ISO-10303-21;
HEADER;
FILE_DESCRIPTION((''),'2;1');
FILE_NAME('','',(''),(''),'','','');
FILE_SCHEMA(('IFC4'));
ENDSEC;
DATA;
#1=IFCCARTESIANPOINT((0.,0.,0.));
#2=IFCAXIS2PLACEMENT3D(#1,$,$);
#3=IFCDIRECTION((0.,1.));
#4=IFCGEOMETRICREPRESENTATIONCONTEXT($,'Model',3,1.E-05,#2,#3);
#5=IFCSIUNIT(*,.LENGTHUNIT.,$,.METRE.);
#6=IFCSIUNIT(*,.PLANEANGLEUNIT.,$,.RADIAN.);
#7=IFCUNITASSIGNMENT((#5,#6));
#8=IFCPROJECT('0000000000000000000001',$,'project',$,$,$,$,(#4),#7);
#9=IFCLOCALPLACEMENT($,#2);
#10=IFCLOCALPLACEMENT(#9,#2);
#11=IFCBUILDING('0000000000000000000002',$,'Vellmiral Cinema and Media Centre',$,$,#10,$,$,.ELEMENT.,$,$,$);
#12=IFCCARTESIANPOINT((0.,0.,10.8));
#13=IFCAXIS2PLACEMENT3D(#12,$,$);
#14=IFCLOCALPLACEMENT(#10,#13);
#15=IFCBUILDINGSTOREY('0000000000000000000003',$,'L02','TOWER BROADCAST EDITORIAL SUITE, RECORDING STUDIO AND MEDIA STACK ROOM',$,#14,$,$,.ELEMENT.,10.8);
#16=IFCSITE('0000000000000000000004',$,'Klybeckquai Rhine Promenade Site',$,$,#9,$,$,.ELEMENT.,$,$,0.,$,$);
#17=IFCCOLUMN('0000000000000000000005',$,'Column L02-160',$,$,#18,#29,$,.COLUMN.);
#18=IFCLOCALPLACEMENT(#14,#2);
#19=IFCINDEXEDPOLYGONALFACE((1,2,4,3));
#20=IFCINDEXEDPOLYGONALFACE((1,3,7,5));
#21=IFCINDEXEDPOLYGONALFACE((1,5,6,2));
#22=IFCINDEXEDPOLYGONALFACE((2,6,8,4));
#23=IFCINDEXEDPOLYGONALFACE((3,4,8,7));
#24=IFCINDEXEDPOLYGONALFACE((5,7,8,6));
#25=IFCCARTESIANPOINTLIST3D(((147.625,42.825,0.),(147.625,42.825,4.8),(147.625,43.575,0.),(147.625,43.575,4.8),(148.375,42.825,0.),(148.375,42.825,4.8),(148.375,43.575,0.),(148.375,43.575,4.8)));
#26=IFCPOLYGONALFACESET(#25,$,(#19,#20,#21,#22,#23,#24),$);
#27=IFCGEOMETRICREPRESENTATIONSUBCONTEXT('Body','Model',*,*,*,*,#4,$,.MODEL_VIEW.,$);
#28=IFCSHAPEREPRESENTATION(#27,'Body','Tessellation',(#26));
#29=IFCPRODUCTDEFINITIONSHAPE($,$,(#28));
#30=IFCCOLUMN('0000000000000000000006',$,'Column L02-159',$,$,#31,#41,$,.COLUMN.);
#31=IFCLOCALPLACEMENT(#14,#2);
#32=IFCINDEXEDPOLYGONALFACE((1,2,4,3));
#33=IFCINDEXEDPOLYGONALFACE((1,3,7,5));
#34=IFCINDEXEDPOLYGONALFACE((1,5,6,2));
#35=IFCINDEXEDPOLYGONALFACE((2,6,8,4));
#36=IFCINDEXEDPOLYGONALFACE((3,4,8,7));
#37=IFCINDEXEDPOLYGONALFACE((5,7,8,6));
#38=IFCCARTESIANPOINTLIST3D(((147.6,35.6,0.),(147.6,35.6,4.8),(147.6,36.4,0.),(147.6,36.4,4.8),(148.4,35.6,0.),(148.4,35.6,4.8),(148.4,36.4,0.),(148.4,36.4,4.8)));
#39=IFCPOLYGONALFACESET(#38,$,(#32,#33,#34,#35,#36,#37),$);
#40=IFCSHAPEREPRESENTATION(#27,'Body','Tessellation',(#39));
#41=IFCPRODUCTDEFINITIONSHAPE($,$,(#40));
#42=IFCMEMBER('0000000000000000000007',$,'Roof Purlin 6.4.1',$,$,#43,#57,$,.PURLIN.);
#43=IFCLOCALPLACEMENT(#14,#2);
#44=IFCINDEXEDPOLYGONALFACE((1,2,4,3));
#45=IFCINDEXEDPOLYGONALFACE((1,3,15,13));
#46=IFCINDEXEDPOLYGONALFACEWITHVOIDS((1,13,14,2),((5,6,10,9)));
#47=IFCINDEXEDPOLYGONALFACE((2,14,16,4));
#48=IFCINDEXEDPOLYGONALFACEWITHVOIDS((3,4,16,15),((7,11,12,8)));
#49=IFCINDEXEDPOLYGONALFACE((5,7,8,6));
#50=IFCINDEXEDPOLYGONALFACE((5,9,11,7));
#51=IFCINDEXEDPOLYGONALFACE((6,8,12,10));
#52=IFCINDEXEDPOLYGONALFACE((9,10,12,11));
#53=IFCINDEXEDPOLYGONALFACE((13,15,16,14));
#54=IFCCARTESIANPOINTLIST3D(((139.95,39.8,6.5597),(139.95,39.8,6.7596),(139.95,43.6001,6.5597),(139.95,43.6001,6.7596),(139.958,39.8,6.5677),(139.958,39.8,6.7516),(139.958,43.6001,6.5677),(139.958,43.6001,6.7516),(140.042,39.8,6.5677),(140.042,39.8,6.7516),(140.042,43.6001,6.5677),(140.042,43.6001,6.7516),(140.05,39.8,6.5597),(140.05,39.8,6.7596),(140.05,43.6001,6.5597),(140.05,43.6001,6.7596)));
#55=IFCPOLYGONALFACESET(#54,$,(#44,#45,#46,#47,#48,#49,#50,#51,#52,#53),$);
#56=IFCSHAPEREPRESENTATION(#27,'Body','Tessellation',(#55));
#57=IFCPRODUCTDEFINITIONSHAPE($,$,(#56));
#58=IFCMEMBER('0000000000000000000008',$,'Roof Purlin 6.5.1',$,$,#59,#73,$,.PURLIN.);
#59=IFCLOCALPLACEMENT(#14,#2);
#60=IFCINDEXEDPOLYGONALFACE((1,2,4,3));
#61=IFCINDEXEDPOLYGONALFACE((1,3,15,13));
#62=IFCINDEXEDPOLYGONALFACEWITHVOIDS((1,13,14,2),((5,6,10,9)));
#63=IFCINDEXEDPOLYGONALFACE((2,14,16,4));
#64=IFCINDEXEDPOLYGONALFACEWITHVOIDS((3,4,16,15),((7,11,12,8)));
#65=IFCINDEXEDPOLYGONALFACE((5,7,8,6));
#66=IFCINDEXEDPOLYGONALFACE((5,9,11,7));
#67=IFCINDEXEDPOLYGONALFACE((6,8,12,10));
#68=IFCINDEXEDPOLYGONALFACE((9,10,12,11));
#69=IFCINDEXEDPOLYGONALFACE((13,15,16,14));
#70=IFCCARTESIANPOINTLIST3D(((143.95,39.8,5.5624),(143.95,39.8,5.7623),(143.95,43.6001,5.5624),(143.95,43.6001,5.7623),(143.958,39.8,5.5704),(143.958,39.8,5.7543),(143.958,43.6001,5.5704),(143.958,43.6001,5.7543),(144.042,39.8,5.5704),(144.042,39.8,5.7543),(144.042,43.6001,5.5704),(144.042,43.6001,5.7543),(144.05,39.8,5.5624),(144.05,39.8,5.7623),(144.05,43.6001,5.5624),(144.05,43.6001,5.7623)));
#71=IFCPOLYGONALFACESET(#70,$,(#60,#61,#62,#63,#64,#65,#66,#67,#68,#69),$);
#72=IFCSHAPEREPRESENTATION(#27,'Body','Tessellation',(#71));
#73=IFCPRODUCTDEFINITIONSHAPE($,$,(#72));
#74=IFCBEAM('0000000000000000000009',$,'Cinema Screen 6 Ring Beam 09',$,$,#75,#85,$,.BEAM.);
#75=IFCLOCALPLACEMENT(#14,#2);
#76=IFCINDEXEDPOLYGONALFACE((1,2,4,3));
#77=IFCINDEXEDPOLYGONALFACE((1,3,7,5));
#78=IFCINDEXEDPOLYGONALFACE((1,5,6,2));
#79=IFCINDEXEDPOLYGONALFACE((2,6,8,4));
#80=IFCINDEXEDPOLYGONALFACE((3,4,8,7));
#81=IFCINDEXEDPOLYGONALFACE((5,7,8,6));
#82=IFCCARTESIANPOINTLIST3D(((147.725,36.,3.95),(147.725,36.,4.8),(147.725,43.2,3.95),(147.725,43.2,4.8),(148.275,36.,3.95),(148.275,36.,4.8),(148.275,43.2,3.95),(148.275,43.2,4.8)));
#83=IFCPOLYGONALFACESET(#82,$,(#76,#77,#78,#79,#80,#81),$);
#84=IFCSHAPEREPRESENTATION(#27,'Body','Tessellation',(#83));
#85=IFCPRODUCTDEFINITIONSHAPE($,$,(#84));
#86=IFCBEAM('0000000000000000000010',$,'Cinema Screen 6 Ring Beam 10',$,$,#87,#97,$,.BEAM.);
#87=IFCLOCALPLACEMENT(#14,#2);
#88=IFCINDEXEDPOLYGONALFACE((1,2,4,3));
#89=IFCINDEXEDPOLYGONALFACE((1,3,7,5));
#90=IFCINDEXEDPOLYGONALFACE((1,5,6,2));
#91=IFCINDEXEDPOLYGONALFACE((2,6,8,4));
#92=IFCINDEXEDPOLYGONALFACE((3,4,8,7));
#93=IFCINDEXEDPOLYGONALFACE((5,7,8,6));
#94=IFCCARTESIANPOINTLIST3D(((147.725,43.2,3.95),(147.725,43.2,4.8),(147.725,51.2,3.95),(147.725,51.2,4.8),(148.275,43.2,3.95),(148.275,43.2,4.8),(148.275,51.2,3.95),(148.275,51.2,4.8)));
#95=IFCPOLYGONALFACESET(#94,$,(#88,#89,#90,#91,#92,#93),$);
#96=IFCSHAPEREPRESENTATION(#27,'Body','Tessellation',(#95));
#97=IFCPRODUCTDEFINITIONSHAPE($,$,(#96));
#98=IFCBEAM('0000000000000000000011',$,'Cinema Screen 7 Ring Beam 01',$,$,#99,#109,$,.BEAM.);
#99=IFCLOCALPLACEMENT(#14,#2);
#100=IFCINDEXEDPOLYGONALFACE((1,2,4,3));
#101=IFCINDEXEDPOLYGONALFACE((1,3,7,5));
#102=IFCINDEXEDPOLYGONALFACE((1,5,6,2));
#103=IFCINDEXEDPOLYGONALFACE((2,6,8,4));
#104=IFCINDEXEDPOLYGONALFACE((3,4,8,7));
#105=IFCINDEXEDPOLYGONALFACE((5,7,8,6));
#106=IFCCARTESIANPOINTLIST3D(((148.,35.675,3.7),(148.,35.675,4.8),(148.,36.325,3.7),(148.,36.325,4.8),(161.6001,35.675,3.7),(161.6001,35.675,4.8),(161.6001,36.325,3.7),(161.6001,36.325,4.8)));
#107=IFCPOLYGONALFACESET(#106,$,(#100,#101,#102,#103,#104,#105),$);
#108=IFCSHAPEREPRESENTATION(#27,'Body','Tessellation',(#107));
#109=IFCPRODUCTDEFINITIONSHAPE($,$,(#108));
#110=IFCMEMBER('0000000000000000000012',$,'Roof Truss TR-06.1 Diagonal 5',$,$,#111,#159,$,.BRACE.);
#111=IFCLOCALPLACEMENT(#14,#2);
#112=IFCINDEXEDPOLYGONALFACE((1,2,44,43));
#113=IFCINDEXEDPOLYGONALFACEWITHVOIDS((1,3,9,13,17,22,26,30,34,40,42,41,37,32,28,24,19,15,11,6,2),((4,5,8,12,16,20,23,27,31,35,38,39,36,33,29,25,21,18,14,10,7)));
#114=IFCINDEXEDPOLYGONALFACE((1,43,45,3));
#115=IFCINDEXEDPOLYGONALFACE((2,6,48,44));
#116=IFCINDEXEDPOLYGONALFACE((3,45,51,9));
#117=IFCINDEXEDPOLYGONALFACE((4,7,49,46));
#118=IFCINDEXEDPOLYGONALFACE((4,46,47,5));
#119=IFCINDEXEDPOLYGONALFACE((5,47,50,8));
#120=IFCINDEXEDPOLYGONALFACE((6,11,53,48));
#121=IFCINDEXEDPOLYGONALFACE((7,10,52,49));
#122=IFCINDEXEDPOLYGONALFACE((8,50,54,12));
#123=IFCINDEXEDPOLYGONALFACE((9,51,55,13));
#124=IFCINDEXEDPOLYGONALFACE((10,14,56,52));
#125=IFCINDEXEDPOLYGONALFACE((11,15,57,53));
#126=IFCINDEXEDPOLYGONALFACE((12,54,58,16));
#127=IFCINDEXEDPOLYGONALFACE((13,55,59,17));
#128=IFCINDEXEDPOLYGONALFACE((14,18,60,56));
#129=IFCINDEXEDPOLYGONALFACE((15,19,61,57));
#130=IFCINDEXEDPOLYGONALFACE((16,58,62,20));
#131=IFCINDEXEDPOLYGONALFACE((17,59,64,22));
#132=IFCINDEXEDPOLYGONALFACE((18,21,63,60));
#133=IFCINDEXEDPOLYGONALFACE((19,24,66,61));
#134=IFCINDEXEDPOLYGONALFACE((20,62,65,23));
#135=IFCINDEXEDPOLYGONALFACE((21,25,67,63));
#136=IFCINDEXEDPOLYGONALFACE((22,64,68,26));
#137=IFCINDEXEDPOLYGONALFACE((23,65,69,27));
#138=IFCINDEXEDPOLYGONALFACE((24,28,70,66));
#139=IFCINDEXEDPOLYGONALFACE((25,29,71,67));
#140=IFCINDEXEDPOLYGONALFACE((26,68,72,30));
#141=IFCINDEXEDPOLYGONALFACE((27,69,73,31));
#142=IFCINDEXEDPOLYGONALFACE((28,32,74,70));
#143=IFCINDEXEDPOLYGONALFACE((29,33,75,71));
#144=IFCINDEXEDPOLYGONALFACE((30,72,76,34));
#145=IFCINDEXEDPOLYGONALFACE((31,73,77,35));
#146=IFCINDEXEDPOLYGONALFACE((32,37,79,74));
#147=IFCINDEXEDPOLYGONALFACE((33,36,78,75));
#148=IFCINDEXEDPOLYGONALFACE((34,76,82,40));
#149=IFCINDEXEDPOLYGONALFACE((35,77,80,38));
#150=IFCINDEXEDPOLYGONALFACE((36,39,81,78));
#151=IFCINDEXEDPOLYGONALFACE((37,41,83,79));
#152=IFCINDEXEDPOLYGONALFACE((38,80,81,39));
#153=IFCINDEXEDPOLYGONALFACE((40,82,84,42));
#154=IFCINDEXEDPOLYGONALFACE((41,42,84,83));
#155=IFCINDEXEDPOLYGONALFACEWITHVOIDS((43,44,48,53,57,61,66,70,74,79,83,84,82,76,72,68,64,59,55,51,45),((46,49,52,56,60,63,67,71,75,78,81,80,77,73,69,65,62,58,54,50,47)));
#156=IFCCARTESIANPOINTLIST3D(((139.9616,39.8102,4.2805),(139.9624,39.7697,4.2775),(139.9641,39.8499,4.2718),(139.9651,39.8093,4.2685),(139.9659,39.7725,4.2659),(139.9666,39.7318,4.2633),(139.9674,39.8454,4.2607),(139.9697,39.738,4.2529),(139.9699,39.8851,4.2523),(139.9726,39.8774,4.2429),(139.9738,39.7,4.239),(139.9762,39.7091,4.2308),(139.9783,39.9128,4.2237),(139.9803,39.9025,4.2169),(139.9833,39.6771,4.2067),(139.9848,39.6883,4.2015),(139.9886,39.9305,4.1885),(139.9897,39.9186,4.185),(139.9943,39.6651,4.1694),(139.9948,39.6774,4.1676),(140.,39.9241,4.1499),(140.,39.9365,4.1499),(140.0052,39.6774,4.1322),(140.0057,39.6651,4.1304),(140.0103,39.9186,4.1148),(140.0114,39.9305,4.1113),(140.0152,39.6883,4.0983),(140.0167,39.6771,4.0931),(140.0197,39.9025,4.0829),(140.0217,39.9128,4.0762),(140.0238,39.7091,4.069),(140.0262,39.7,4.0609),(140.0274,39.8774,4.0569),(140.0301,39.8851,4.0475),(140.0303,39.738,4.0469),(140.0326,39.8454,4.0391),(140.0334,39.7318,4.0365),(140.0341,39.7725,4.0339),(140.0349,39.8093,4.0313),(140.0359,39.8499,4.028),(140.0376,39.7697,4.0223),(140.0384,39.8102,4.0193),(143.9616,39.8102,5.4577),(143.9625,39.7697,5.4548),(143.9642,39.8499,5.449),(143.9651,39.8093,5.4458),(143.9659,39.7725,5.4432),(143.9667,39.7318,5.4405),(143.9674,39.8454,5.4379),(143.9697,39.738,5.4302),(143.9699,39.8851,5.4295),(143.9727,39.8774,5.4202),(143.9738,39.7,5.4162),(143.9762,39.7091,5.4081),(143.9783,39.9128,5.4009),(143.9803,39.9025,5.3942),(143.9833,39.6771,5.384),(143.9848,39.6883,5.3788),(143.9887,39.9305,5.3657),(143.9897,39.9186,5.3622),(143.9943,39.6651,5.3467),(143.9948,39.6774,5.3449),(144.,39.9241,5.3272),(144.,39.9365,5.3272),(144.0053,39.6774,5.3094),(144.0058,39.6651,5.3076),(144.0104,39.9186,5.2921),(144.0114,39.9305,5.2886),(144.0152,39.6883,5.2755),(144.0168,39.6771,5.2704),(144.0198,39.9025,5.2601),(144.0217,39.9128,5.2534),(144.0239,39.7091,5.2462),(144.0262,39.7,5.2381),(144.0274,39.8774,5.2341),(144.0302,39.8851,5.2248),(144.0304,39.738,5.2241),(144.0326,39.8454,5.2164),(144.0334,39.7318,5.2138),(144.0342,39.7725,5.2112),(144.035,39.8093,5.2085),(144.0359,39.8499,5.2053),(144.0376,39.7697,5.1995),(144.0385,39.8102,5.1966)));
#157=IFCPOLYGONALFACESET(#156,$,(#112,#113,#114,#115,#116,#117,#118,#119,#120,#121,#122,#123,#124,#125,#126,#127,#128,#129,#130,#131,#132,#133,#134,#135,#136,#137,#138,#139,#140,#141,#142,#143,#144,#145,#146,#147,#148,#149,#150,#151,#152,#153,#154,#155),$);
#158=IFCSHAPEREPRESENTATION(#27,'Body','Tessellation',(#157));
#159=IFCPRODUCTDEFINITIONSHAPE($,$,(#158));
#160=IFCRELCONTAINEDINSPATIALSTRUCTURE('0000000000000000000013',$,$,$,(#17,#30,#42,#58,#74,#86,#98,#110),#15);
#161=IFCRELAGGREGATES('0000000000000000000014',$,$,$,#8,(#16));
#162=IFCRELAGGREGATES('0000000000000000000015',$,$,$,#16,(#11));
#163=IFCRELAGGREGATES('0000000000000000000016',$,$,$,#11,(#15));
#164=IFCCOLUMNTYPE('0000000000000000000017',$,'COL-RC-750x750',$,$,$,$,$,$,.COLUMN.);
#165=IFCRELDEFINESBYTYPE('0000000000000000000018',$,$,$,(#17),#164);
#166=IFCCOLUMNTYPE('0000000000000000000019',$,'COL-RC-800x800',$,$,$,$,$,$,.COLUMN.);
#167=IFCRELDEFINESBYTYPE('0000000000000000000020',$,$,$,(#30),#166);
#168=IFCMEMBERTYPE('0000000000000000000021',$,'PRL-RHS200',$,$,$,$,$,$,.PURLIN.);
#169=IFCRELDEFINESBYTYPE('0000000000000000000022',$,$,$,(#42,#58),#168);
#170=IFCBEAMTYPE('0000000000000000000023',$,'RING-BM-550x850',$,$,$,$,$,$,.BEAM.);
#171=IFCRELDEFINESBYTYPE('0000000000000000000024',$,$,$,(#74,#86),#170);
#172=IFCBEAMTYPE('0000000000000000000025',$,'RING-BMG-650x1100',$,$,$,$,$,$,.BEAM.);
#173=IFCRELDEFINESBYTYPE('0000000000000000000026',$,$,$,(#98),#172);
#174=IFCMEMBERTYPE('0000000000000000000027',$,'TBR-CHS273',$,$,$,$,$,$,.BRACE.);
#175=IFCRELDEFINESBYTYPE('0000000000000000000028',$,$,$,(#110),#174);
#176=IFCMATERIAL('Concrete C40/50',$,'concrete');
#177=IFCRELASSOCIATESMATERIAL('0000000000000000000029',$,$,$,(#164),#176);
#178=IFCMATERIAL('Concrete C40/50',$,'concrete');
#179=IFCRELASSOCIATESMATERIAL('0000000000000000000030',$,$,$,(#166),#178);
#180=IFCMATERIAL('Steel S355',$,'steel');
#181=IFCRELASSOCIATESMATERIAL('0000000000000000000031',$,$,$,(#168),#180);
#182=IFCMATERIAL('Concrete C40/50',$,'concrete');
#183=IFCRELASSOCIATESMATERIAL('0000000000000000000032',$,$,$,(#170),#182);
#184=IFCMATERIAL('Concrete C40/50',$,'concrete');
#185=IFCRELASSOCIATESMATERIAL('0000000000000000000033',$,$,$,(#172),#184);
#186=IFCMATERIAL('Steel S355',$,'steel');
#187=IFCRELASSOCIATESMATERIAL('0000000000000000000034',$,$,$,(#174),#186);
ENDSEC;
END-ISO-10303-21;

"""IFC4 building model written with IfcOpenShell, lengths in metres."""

from ifc_helpers import new_model, si_unit, direction, frame, origin, origin_2d, place, context, subcontext, project, spatial, rectangle, hollow_rectangle, hollow_circle, extrude, material, material_profile, profile_set, type_object, element, save


model = new_model("IFC4")

# Units and contexts
model_context = context("Model", 3, precision=1e-05, world=origin(), true_north=direction((0.0, 1.0)))
body_context = subcontext(model_context, "Body", "Model", "MODEL_VIEW")
ifc_project = project(units=[si_unit("LENGTHUNIT", "METRE"), si_unit("PLANEANGLEUNIT", "RADIAN")], contexts=[model_context])

# Site, building, storey
site_placement = place(None, origin())
site = spatial("IfcSite", under=ifc_project, at=site_placement, Name="Klybeckquai Rhine Promenade Site", CompositionType="ELEMENT", RefElevation=0.0)
building_placement = place(site_placement, origin())
building = spatial("IfcBuilding", under=site, at=building_placement, Name="Vellmiral Cinema and Media Centre", CompositionType="ELEMENT")
storey_placement = place(building_placement, frame((0.0, 0.0, 10.8)))
storey = spatial("IfcBuildingStorey", under=building, at=storey_placement, Name="L02", Description="TOWER BROADCAST EDITORIAL SUITE, RECORDING STUDIO AND MEDIA STACK ROOM", CompositionType="ELEMENT", Elevation=10.8)

# Columns
ifc_material_1 = material(Name="Concrete C40/50", Category="concrete")
ifc_material_profile_1 = material_profile(ifc_material_1, rectangle(XDim=0.75, YDim=0.75, at=origin_2d()), Name="RC 750x750")
ifc_profile_set_1 = profile_set([ifc_material_profile_1], Name="Concrete C40/50")
column_type_1 = type_object("IfcColumnType", Name="COL-RC-750x750", PredefinedType="COLUMN", material=ifc_profile_set_1)
column_1_placement = place(storey_placement, frame((148.0, 43.2, 0.0), z_axis=(0.0, 0.0, 1.0), x_axis=(1.0, 0.0, 0.0)))
element("IfcColumn", 1, at=column_1_placement, inside=storey, type_object=column_type_1, Name="Column L02-160", PredefinedType="COLUMN", context=body_context, shape_type="SweptSolid", body=[
    extrude(rectangle(XDim=0.75, YDim=0.75, at=origin_2d()), origin(), (0.0, 0.0, 1.0), 4.8),
])
ifc_material_2 = material(Name="Concrete C40/50", Category="concrete")
ifc_material_profile_2 = material_profile(ifc_material_2, rectangle(XDim=0.8, YDim=0.8, at=origin_2d()), Name="RC 800x800")
ifc_profile_set_2 = profile_set([ifc_material_profile_2], Name="Concrete C40/50")
column_type_2 = type_object("IfcColumnType", Name="COL-RC-800x800", PredefinedType="COLUMN", material=ifc_profile_set_2)
column_2_placement = place(storey_placement, frame((148.0, 36.0, 0.0), z_axis=(0.0, 0.0, 1.0), x_axis=(1.0, 0.0, 0.0)))
element("IfcColumn", 2, at=column_2_placement, inside=storey, type_object=column_type_2, Name="Column L02-159", PredefinedType="COLUMN", context=body_context, shape_type="SweptSolid", body=[
    extrude(rectangle(XDim=0.8, YDim=0.8, at=origin_2d()), origin(), (0.0, 0.0, 1.0), 4.8),
])

# Members
ifc_material_3 = material(Name="Steel S355", Category="steel")
ifc_material_profile_3 = material_profile(ifc_material_3, hollow_rectangle(XDim=0.1001, YDim=0.2, WallThickness=0.0081, at=origin_2d()), Name="RHS 200x100x8.0")
ifc_profile_set_3 = profile_set([ifc_material_profile_3], Name="Steel S355")
member_type_1 = type_object("IfcMemberType", Name="PRL-RHS200", PredefinedType="PURLIN", material=ifc_profile_set_3)
for number, where, z_axis, x_axis, name in (
    (3, (140.0, 39.8, 6.6597), (0.0, 1.0, 0.0), (-1.0, 0.0, 0.0), "Roof Purlin 6.4.1"),
    (4, (144.0, 39.8, 5.6624), (0.0, 1.0, 0.0), (-1.0, 0.0, 0.0), "Roof Purlin 6.5.1"),
):
    element("IfcMember", number, at=place(storey_placement, frame(where, z_axis=z_axis, x_axis=x_axis)), inside=storey, type_object=member_type_1, Name=name, PredefinedType="PURLIN", context=body_context, shape_type="SweptSolid", body=[
        extrude(hollow_rectangle(XDim=0.1001, YDim=0.2, WallThickness=0.0081, at=origin_2d()), origin(), (0.0, 0.0, 1.0), 3.8),
    ])

# Beams
ifc_material_4 = material(Name="Concrete C40/50", Category="concrete")
ifc_material_profile_4 = material_profile(ifc_material_4, rectangle(XDim=0.55, YDim=0.8501, at=origin_2d()), Name="RC 550x850")
ifc_profile_set_4 = profile_set([ifc_material_profile_4], Name="Concrete C40/50")
beam_type_1 = type_object("IfcBeamType", Name="RING-BM-550x850", PredefinedType="BEAM", material=ifc_profile_set_4)
beam_1_placement = place(storey_placement, frame((148.0, 36.0, 4.375), z_axis=(0.0, 1.0, 0.0), x_axis=(-1.0, 0.0, 0.0)))
element("IfcBeam", 5, at=beam_1_placement, inside=storey, type_object=beam_type_1, Name="Cinema Screen 6 Ring Beam 09", PredefinedType="BEAM", context=body_context, shape_type="SweptSolid", body=[
    extrude(rectangle(XDim=0.55, YDim=0.8501, at=origin_2d()), origin(), (0.0, 0.0, 1.0), 7.2),
])
beam_2_placement = place(storey_placement, frame((148.0, 43.2, 4.375), z_axis=(0.0, 1.0, 0.0), x_axis=(-1.0, 0.0, 0.0)))
element("IfcBeam", 6, at=beam_2_placement, inside=storey, type_object=beam_type_1, Name="Cinema Screen 6 Ring Beam 10", PredefinedType="BEAM", context=body_context, shape_type="SweptSolid", body=[
    extrude(rectangle(XDim=0.55, YDim=0.8501, at=origin_2d()), origin(), (0.0, 0.0, 1.0), 8.0),
])
ifc_material_5 = material(Name="Concrete C40/50", Category="concrete")
ifc_material_profile_5 = material_profile(ifc_material_5, rectangle(XDim=0.6499, YDim=1.1001, at=origin_2d()), Name="RC 650x1100")
ifc_profile_set_5 = profile_set([ifc_material_profile_5], Name="Concrete C40/50")
beam_type_2 = type_object("IfcBeamType", Name="RING-BMG-650x1100", PredefinedType="BEAM", material=ifc_profile_set_5)
beam_3_placement = place(storey_placement, frame((148.0, 36.0, 4.25), z_axis=(1.0, 0.0, 0.0), x_axis=(0.0, 1.0, 0.0)))
element("IfcBeam", 7, at=beam_3_placement, inside=storey, type_object=beam_type_2, Name="Cinema Screen 7 Ring Beam 01", PredefinedType="BEAM", context=body_context, shape_type="SweptSolid", body=[
    extrude(rectangle(XDim=0.6499, YDim=1.1001, at=origin_2d()), origin(), (0.0, 0.0, 1.0), 13.6001),
])

# Member
ifc_material_6 = material(Name="Steel S355", Category="steel")
ifc_material_profile_6 = material_profile(ifc_material_6, hollow_circle(Radius=0.1365, WallThickness=0.0125, at=origin_2d()), Name="CHS 273.0x12.5")
ifc_profile_set_6 = profile_set([ifc_material_profile_6], Name="Steel S355")
member_type_2 = type_object("IfcMemberType", Name="TBR-CHS273", PredefinedType="BRACE", material=ifc_profile_set_6)
member_1_placement = place(storey_placement, frame((140.0, 39.8, 4.1499), z_axis=(0.959315, 0.0, 0.282338), x_axis=(0.0, 1.0, 0.0)))
element("IfcMember", 8, at=member_1_placement, inside=storey, type_object=member_type_2, Name="Roof Truss TR-06.1 Diagonal 5", PredefinedType="BRACE", context=body_context, shape_type="SweptSolid", body=[
    extrude(hollow_circle(Radius=0.1365, WallThickness=0.0125, at=origin_2d()), origin(), (0.0, 0.0, 1.0), 4.1697),
])

save(model, "model.ifc")
